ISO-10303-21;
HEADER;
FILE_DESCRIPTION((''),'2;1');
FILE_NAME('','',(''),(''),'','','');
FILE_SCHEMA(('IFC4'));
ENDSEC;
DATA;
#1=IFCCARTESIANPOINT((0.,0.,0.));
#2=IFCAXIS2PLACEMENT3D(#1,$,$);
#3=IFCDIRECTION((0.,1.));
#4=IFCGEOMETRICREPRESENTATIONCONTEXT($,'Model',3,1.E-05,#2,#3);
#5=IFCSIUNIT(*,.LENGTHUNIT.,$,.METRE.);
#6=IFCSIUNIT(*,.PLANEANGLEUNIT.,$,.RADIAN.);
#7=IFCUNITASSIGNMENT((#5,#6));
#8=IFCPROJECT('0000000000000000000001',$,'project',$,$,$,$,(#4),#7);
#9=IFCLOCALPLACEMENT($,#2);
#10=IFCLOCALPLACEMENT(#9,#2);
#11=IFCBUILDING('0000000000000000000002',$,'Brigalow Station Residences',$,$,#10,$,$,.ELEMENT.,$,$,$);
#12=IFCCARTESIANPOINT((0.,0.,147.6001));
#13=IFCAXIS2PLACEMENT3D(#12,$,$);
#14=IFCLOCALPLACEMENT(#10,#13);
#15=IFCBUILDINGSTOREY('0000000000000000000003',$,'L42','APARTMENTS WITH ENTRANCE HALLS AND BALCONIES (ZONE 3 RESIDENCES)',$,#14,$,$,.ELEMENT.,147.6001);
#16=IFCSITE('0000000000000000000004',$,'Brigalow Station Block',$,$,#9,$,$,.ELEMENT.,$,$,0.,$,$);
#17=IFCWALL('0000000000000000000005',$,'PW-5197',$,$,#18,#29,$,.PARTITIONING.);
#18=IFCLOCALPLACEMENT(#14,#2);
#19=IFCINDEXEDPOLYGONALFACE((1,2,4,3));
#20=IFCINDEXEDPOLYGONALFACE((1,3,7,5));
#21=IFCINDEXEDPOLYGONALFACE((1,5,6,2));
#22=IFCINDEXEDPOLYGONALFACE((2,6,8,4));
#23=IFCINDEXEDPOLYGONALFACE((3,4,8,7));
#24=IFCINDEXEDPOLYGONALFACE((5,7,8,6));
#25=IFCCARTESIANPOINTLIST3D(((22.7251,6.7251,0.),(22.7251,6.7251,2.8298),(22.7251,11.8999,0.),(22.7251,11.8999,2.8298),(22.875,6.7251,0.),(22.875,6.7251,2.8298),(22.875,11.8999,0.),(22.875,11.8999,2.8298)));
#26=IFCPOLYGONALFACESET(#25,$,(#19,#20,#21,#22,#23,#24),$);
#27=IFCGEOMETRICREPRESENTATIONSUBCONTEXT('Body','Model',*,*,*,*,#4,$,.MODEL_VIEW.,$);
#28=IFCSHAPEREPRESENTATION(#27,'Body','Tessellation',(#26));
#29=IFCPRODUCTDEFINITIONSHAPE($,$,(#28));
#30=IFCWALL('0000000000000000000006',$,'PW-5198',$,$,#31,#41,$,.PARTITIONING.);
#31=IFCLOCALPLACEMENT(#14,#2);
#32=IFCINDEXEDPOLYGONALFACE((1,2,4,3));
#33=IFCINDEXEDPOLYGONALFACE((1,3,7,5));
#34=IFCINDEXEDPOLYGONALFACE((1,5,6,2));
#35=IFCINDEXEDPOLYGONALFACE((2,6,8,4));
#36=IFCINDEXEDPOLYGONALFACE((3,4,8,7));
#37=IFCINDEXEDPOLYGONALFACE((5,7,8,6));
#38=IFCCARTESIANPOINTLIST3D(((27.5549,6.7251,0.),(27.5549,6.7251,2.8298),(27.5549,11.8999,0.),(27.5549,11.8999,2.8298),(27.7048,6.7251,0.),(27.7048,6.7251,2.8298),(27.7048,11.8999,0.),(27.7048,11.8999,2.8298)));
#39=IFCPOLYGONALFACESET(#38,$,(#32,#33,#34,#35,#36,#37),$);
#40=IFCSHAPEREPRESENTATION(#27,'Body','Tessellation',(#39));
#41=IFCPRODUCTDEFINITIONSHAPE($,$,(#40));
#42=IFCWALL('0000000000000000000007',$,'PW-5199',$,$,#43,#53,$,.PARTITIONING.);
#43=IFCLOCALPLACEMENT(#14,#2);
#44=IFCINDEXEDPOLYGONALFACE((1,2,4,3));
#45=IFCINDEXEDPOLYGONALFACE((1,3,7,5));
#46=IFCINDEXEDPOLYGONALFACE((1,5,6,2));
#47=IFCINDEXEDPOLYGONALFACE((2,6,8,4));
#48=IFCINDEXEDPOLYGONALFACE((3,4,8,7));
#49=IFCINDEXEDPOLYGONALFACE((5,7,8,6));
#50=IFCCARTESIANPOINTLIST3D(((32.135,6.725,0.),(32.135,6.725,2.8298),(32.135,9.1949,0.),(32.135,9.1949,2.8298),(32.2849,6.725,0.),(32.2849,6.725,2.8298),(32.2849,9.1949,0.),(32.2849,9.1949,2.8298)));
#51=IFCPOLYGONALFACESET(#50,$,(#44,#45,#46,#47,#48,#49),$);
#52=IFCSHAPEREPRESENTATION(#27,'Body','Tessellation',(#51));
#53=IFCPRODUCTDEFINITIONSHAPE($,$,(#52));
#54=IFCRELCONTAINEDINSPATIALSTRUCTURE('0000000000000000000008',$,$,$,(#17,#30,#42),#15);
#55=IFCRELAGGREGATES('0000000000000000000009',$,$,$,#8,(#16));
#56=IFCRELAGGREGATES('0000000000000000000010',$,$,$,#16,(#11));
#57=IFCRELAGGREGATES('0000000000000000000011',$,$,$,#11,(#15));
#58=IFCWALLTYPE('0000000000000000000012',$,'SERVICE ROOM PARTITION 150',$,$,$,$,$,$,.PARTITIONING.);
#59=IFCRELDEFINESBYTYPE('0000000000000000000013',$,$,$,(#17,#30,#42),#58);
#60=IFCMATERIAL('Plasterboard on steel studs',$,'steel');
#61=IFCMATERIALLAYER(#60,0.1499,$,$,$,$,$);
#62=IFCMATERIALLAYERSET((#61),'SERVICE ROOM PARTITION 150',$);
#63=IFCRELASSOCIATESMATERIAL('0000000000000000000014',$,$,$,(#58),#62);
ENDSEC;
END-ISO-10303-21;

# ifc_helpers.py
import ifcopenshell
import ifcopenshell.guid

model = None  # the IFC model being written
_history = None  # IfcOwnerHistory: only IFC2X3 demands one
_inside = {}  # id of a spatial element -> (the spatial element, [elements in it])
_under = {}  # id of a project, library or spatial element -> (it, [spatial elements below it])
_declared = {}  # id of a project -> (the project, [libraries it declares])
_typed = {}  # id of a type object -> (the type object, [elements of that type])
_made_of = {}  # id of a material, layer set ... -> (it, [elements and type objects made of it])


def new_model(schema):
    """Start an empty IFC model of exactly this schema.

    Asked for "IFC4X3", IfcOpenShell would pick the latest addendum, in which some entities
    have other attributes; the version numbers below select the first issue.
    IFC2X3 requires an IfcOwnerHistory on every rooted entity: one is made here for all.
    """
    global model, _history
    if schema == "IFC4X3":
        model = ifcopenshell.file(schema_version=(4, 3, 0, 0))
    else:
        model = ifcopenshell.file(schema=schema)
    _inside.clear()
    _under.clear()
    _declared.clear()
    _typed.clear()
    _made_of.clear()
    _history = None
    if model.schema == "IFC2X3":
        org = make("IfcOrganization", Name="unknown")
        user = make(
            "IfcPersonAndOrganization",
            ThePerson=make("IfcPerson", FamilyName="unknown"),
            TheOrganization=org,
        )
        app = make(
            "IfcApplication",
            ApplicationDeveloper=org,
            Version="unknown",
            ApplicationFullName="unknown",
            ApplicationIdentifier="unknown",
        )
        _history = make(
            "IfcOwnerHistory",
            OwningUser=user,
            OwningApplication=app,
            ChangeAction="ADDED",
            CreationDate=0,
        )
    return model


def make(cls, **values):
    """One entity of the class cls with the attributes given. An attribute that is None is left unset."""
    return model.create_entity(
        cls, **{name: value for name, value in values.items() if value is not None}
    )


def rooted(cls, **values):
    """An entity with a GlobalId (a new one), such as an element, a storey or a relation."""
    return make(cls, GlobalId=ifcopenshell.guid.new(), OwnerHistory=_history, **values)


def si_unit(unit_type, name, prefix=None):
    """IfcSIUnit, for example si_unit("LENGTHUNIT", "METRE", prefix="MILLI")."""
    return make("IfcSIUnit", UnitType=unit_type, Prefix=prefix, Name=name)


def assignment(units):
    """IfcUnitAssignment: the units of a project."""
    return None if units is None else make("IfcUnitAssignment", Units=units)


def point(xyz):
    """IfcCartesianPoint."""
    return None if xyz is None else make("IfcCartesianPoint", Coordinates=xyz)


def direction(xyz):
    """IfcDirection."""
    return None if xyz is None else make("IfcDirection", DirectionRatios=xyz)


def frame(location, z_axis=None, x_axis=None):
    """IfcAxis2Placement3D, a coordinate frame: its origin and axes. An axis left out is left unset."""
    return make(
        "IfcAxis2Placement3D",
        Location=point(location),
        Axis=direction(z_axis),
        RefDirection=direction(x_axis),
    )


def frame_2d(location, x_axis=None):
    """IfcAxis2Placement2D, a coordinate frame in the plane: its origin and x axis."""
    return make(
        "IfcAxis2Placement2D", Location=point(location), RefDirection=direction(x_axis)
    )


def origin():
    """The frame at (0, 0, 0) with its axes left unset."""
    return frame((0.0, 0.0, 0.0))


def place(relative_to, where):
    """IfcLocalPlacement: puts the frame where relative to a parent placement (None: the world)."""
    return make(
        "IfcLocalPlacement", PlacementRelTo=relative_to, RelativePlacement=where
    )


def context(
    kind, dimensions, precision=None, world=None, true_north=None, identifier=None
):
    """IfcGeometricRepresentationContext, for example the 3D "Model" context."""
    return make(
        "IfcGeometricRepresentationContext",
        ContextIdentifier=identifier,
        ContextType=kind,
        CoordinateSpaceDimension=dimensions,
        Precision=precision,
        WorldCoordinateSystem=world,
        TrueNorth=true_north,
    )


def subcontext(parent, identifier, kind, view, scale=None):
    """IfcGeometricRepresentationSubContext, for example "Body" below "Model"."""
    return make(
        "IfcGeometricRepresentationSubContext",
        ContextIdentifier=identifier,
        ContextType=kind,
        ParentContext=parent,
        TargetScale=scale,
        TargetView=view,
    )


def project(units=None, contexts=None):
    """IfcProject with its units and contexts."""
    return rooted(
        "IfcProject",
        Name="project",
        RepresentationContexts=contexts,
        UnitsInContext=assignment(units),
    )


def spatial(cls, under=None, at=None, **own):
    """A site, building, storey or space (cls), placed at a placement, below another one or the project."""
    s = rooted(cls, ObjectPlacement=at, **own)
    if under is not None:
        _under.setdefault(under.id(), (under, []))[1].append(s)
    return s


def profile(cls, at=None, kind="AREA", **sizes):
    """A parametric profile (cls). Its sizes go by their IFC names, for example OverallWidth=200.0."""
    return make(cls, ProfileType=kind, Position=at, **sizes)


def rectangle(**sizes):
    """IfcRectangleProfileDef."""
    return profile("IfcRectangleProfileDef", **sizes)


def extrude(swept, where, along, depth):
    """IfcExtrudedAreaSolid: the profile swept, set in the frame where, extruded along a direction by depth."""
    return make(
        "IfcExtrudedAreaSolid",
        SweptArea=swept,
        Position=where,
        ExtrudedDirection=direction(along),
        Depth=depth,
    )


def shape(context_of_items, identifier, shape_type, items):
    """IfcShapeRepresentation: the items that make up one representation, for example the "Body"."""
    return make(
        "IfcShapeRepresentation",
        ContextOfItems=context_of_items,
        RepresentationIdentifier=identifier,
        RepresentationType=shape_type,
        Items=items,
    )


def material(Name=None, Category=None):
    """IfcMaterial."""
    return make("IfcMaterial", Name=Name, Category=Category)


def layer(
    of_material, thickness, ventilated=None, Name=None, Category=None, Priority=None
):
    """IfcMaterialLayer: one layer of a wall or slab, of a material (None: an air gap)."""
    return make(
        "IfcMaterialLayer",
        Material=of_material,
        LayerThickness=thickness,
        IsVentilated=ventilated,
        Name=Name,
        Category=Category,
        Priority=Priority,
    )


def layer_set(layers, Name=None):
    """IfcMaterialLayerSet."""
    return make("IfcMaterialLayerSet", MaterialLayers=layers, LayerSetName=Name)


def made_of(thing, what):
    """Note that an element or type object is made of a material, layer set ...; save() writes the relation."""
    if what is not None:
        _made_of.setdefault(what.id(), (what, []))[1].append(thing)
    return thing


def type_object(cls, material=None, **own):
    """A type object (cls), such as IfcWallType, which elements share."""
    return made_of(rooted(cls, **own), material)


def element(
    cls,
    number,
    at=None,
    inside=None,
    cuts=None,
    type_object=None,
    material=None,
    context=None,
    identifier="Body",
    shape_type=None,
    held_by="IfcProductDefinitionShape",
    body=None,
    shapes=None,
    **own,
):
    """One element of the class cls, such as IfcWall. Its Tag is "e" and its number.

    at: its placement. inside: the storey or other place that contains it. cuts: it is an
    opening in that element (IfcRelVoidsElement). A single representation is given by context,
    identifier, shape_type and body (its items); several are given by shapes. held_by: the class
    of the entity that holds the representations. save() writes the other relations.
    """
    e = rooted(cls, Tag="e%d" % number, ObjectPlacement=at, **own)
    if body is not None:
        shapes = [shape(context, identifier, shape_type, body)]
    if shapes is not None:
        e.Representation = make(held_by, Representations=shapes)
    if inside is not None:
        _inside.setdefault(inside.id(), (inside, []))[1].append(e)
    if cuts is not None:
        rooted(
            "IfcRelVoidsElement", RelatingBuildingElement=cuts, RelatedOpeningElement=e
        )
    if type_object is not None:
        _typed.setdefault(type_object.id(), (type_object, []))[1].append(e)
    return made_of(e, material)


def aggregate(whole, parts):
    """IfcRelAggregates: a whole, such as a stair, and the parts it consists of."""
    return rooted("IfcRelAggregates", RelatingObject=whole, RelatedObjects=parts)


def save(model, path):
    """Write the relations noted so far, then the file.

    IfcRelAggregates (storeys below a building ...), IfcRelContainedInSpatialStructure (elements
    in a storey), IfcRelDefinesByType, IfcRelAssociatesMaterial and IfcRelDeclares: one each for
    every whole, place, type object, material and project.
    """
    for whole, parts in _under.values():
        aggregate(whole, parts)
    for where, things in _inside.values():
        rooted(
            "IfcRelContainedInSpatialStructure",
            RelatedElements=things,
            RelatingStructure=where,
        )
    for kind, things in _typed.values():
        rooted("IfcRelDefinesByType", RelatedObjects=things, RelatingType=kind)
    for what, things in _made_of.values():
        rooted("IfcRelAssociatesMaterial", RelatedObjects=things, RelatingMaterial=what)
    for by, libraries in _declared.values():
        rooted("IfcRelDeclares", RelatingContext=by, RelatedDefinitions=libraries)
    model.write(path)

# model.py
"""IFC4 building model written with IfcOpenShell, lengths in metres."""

from ifc_helpers import new_model, si_unit, direction, frame, frame_2d, origin, place, context, subcontext, project, spatial, rectangle, extrude, material, layer, layer_set, type_object, element, save


model = new_model("IFC4")

# Units and contexts
model_context = context("Model", 3, precision=1e-05, world=origin(), true_north=direction((0.0, 1.0)))
body_context = subcontext(model_context, "Body", "Model", "MODEL_VIEW")
ifc_project = project(units=[si_unit("LENGTHUNIT", "METRE"), si_unit("PLANEANGLEUNIT", "RADIAN")], contexts=[model_context])

# Site, building, storey
site_placement = place(None, origin())
site = spatial("IfcSite", under=ifc_project, at=site_placement, Name="Brigalow Station Block", CompositionType="ELEMENT", RefElevation=0.0)
building_placement = place(site_placement, origin())
building = spatial("IfcBuilding", under=site, at=building_placement, Name="Brigalow Station Residences", CompositionType="ELEMENT")
storey_placement = place(building_placement, frame((0.0, 0.0, 147.6001)))
storey = spatial("IfcBuildingStorey", under=building, at=storey_placement, Name="L42", Description="APARTMENTS WITH ENTRANCE HALLS AND BALCONIES (ZONE 3 RESIDENCES)", CompositionType="ELEMENT", Elevation=147.6001)

# Shared definitions
ifc_material_1 = material(Name="Plasterboard on steel studs", Category="steel")
ifc_layer_1 = layer(ifc_material_1, 0.1499)
ifc_layer_set_1 = layer_set([ifc_layer_1], Name="SERVICE ROOM PARTITION 150")
wall_type_1 = type_object("IfcWallType", Name="SERVICE ROOM PARTITION 150", PredefinedType="PARTITIONING", material=ifc_layer_set_1)

# Walls
for number, where, z_axis, x_axis, name in (
    (1, (22.8, 6.7251, 0.0), (0.0, 0.0, 1.0), (0.0, 1.0, 0.0), "PW-5197"),
    (2, (27.6299, 6.7251, 0.0), (0.0, 0.0, 1.0), (0.0, 1.0, 0.0), "PW-5198"),
):
    element("IfcWall", number, at=place(storey_placement, frame(where, z_axis=z_axis, x_axis=x_axis)), inside=storey, type_object=wall_type_1, Name=name, PredefinedType="PARTITIONING", context=body_context, shape_type="SweptSolid", body=[
        extrude(rectangle(XDim=5.1748, YDim=0.1499, at=frame_2d((2.5874, 0.0))), origin(), (0.0, 0.0, 1.0), 2.8298),
    ])
wall_1_placement = place(storey_placement, frame((32.21, 6.7251, 0.0), z_axis=(0.0, 0.0, 1.0), x_axis=(0.0, 1.0, 0.0)))
element("IfcWall", 3, at=wall_1_placement, inside=storey, type_object=wall_type_1, Name="PW-5199", PredefinedType="PARTITIONING", context=body_context, shape_type="SweptSolid", body=[
    extrude(rectangle(XDim=2.47, YDim=0.1499, at=frame_2d((1.2349, 0.0))), origin(), (0.0, 0.0, 1.0), 2.8298),
])

save(model, "model.ifc")
